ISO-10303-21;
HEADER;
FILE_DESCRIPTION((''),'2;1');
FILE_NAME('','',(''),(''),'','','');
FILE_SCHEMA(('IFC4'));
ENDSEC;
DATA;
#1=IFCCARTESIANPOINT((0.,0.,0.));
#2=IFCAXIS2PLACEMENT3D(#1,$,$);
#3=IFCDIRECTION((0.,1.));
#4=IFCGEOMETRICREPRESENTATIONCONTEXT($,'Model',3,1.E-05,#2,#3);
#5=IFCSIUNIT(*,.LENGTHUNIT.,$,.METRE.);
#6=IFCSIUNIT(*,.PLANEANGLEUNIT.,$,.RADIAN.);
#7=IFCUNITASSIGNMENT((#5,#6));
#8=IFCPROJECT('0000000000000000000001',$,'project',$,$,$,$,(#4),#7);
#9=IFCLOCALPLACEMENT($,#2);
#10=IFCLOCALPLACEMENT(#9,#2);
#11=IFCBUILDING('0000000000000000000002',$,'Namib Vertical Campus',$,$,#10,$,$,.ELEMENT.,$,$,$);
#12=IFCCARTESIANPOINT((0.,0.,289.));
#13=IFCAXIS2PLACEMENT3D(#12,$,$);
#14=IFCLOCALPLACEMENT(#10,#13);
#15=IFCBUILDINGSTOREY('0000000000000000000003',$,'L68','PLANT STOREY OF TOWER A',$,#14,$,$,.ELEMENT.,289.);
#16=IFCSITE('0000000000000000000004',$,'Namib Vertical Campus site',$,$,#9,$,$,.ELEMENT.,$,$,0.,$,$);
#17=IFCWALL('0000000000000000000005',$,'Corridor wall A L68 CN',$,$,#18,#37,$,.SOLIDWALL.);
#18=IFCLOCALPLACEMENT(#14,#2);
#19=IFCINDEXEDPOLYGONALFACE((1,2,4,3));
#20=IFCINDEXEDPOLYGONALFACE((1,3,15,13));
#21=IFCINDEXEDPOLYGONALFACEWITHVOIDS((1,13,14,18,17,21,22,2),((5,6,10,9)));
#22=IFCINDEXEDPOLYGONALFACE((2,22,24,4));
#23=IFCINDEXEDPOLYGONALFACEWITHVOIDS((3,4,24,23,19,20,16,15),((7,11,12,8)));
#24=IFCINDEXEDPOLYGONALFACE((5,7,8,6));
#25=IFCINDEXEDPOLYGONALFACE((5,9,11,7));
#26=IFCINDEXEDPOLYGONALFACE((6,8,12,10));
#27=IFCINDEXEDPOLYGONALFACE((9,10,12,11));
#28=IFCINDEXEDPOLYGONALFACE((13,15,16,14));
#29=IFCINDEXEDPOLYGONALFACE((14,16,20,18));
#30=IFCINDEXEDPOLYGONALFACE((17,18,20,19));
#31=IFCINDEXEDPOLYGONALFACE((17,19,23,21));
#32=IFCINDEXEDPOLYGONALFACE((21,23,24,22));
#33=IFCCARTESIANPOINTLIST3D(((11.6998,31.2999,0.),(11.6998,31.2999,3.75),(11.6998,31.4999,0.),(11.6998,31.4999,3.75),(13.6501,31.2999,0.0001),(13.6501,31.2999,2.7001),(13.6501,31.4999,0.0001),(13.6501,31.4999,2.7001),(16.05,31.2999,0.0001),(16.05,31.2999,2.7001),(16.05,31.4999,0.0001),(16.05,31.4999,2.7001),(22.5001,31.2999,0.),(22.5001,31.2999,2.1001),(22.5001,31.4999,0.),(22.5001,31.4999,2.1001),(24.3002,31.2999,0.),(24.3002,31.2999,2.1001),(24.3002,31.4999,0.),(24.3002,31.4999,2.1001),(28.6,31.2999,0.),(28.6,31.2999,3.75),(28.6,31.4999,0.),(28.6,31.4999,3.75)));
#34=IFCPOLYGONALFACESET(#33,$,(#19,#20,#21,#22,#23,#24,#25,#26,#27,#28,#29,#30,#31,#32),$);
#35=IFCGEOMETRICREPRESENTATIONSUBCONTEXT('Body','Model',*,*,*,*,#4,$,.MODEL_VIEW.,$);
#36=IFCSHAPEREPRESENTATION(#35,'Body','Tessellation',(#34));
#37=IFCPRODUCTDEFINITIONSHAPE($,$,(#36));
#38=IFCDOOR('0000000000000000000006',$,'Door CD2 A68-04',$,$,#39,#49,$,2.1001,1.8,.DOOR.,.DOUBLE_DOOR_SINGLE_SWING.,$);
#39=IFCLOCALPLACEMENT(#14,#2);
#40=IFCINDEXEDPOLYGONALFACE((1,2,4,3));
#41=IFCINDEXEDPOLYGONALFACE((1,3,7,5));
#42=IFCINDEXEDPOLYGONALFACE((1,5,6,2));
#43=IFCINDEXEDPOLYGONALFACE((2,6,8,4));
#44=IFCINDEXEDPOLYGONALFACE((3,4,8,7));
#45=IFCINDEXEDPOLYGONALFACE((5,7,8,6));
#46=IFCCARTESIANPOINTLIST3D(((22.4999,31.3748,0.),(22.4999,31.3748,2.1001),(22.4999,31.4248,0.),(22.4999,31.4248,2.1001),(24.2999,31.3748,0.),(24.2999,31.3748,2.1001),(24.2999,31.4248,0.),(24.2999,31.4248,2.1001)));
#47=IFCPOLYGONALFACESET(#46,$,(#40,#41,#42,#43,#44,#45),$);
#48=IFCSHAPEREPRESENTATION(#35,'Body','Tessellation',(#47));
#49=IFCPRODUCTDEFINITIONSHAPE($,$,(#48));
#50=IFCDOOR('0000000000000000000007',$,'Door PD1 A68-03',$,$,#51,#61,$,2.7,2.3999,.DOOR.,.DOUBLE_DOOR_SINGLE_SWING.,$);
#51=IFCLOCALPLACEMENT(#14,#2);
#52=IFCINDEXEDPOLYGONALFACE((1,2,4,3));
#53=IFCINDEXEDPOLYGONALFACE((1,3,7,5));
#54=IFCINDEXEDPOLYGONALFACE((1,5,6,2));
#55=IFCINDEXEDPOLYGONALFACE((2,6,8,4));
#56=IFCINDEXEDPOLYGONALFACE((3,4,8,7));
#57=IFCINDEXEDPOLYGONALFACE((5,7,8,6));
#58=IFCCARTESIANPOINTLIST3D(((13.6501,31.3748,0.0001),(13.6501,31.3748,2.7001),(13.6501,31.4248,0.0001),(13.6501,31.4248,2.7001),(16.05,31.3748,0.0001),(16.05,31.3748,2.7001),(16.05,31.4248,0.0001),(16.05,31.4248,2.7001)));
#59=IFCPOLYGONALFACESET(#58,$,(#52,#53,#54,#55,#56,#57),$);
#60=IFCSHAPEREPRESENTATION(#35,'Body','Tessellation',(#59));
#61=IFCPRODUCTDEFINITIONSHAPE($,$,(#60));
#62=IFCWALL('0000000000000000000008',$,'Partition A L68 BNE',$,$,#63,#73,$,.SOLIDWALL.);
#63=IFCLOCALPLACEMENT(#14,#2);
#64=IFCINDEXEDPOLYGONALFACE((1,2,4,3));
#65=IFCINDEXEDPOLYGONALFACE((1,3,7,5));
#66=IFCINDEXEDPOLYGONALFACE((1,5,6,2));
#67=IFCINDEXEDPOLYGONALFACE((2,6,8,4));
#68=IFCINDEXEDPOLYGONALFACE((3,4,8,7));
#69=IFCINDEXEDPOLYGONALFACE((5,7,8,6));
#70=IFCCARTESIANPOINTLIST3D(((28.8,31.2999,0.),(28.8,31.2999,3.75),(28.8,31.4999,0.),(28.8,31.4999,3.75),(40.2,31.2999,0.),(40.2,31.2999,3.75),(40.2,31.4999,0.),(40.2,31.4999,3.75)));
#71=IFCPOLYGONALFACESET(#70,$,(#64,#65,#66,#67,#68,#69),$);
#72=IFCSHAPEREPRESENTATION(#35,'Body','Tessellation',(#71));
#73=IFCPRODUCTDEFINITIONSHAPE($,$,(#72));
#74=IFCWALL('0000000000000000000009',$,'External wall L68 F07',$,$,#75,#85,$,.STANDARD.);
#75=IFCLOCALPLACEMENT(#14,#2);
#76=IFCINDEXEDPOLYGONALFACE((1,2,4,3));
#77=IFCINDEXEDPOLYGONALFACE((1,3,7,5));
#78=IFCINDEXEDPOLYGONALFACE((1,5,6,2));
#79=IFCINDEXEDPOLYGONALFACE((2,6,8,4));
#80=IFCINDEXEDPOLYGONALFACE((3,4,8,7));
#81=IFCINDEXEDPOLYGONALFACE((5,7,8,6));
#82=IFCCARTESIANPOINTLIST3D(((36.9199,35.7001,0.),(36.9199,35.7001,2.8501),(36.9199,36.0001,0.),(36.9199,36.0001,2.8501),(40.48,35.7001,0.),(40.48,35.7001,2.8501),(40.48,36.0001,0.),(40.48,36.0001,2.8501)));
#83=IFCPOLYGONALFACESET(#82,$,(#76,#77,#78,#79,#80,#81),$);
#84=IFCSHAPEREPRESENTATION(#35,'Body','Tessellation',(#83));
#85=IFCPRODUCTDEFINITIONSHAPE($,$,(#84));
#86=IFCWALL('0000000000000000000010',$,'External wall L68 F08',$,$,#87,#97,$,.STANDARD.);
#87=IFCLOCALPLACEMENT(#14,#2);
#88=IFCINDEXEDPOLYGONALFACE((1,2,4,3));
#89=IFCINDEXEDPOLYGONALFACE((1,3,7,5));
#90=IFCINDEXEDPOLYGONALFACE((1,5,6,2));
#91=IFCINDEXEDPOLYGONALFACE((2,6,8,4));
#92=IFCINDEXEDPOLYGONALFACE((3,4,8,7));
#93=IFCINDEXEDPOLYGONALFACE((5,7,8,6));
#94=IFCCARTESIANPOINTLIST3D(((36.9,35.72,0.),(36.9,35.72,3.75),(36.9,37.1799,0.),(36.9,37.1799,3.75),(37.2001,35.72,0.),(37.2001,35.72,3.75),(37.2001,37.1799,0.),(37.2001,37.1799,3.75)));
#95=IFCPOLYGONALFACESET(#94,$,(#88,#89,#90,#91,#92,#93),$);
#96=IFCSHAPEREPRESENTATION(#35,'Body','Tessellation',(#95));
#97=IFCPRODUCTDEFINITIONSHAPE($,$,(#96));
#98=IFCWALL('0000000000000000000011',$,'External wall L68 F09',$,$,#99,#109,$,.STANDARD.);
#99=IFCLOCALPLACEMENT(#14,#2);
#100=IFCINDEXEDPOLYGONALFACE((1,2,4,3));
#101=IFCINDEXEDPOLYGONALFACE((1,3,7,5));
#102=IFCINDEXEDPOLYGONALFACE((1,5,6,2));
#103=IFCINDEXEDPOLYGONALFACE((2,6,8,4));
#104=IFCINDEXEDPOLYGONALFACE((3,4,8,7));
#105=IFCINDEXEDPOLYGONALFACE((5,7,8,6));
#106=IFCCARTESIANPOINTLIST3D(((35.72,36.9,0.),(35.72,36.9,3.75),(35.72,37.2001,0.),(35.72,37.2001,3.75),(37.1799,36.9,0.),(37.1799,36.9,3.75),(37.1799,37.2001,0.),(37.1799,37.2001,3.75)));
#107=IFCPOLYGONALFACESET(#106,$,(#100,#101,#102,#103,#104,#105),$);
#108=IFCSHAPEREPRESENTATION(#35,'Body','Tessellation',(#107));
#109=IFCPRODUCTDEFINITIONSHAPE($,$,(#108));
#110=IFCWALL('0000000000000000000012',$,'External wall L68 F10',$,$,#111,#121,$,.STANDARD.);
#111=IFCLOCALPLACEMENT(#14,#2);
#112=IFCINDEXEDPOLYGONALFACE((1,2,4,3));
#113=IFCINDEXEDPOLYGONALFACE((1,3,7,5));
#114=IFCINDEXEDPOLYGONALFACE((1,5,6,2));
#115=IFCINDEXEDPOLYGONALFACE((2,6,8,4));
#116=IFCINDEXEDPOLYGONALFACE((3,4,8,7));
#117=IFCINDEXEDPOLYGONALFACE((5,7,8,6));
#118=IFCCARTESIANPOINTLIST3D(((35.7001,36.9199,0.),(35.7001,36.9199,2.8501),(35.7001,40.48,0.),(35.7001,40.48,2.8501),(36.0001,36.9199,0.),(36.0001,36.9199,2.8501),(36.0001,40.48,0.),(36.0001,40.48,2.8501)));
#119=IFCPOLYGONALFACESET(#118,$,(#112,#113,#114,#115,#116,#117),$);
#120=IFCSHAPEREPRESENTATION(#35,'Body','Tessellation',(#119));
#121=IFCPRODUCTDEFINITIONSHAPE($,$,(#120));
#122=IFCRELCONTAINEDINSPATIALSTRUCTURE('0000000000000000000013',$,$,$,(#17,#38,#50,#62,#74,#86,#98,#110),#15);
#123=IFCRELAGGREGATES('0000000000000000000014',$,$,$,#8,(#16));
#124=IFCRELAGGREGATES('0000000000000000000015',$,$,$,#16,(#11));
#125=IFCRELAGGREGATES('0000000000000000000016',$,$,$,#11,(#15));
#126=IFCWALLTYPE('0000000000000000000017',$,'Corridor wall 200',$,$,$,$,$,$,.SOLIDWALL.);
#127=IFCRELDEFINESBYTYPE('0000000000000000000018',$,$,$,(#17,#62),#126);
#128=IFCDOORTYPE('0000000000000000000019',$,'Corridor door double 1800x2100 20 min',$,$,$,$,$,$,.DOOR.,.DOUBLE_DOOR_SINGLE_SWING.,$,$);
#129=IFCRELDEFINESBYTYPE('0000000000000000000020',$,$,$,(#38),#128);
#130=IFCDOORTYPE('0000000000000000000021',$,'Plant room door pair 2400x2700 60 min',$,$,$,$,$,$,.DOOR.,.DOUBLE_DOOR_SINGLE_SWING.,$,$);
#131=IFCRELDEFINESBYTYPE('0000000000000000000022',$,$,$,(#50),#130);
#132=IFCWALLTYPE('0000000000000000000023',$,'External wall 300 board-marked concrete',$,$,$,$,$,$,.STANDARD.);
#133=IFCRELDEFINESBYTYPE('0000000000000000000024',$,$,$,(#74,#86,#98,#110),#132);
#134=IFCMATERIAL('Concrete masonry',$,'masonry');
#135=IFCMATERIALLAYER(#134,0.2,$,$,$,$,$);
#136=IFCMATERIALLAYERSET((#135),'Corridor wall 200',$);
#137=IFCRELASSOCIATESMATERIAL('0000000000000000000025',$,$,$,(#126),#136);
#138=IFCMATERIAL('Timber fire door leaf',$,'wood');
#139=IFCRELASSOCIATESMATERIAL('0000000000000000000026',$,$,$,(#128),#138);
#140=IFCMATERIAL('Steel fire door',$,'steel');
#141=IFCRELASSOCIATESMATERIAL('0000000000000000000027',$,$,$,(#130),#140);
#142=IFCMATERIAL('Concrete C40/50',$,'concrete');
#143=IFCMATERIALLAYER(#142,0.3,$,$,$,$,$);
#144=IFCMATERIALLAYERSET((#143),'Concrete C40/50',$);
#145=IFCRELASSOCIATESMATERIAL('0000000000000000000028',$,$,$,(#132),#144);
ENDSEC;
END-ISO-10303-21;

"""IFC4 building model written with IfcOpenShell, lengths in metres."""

from ifc_helpers import new_model, si_unit, direction, frame, frame_2d, origin, place, context, subcontext, project, spatial, rectangle, extrude, material, layer, layer_set, type_object, element, fill, save


model = new_model("IFC4")

# Units and contexts
model_context = context("Model", 3, precision=1e-05, world=origin(), true_north=direction((0.0, 1.0)))
body_context = subcontext(model_context, "Body", "Model", "MODEL_VIEW")
ifc_project = project(units=[si_unit("LENGTHUNIT", "METRE"), si_unit("PLANEANGLEUNIT", "RADIAN")], contexts=[model_context])

# Site, building, storey
site_placement = place(None, origin())
site = spatial("IfcSite", under=ifc_project, at=site_placement, Name="Namib Vertical Campus site", CompositionType="ELEMENT", RefElevation=0.0)
building_placement = place(site_placement, origin())
building = spatial("IfcBuilding", under=site, at=building_placement, Name="Namib Vertical Campus", CompositionType="ELEMENT")
storey_placement = place(building_placement, frame((0.0, 0.0, 289.0)))
storey = spatial("IfcBuildingStorey", under=building, at=storey_placement, Name="L68", Description="PLANT STOREY OF TOWER A", CompositionType="ELEMENT", Elevation=289.0)

# Wall, openings, doors
ifc_material_1 = material(Name="Concrete masonry", Category="masonry")
ifc_layer_1 = layer(ifc_material_1, 0.2)
ifc_layer_set_1 = layer_set([ifc_layer_1], Name="Corridor wall 200")
wall_type_1 = type_object("IfcWallType", Name="Corridor wall 200", PredefinedType="SOLIDWALL", material=ifc_layer_set_1)
wall_1_placement = place(storey_placement, frame((28.6001, 31.3999, 0.0), z_axis=(0.0, 0.0, 1.0), x_axis=(-1.0, 0.0, 0.0)))
wall_1 = element("IfcWall", 1, at=wall_1_placement, inside=storey, type_object=wall_type_1, Name="Corridor wall A L68 CN", PredefinedType="SOLIDWALL", context=body_context, shape_type="SweptSolid", body=[
    extrude(rectangle(XDim=16.9001, YDim=0.2, at=frame_2d((8.4502, 0.0))), origin(), (0.0, 0.0, 1.0), 3.75),
])
opening_1_placement = place(wall_1_placement, frame((12.55, 0.0, 0.0)))
opening_1 = element("IfcOpeningElement", 2, at=opening_1_placement, cuts=wall_1, PredefinedType="OPENING", context=body_context, shape_type="SweptSolid", body=[
    extrude(rectangle(XDim=2.3999, YDim=2.7, at=frame_2d((1.2, 1.3501))), frame((0.0, 0.1099, 0.0), z_axis=(0.0, -1.0, 0.0), x_axis=(1.0, 0.0, 0.0)), (0.0, 0.0, 1.0), 0.22),
])
opening_2_placement = place(wall_1_placement, frame((4.3, 0.0, 0.0)))
opening_2 = element("IfcOpeningElement", 3, at=opening_2_placement, cuts=wall_1, PredefinedType="OPENING", context=body_context, shape_type="SweptSolid", body=[
    extrude(rectangle(XDim=1.8, YDim=2.1001, at=frame_2d((0.8999, 1.05))), frame((0.0, 0.1099, 0.0), z_axis=(0.0, -1.0, 0.0), x_axis=(1.0, 0.0, 0.0)), (0.0, 0.0, 1.0), 0.22),
])
ifc_material_2 = material(Name="Timber fire door leaf", Category="wood")
door_type_1 = type_object("IfcDoorType", Name="Corridor door double 1800x2100 20 min", OperationType="DOUBLE_DOOR_SINGLE_SWING", PredefinedType="DOOR", material=ifc_material_2)
door_1_placement = place(opening_2_placement, frame((1.8, 0.0, 0.0), z_axis=(0.0, 0.0, 1.0), x_axis=(-1.0, 0.0, 0.0)))
door_1 = element("IfcDoor", 4, at=door_1_placement, inside=storey, type_object=door_type_1, Name="Door CD2 A68-04", OperationType="DOUBLE_DOOR_SINGLE_SWING", OverallHeight=2.1001, OverallWidth=1.8, PredefinedType="DOOR", context=body_context, shape_type="SweptSolid", body=[
    extrude(rectangle(XDim=1.8, YDim=2.1001, at=frame_2d((0.8999, 1.05))), frame((0.0, 0.0249, 0.0), z_axis=(0.0, -1.0, 0.0), x_axis=(1.0, 0.0, 0.0)), (0.0, 0.0, 1.0), 0.05),
])
fill(opening_2, door_1)
ifc_material_3 = material(Name="Steel fire door", Category="steel")
door_type_2 = type_object("IfcDoorType", Name="Plant room door pair 2400x2700 60 min", OperationType="DOUBLE_DOOR_SINGLE_SWING", PredefinedType="DOOR", material=ifc_material_3)
door_2_placement = place(opening_1_placement, frame((2.3999, 0.0, 0.0), z_axis=(0.0, 0.0, 1.0), x_axis=(-1.0, 0.0, 0.0)))
door_2 = element("IfcDoor", 5, at=door_2_placement, inside=storey, type_object=door_type_2, Name="Door PD1 A68-03", OperationType="DOUBLE_DOOR_SINGLE_SWING", OverallHeight=2.7, OverallWidth=2.3999, PredefinedType="DOOR", context=body_context, shape_type="SweptSolid", body=[
    extrude(rectangle(XDim=2.3999, YDim=2.7, at=frame_2d((1.2, 1.3501))), frame((0.0, 0.0249, 0.0), z_axis=(0.0, -1.0, 0.0), x_axis=(1.0, 0.0, 0.0)), (0.0, 0.0, 1.0), 0.05),
])
fill(opening_1, door_2)

# Walls
wall_2_placement = place(storey_placement, frame((28.8, 31.3999, 0.0), z_axis=(0.0, 0.0, 1.0), x_axis=(1.0, 0.0, 0.0)))
element("IfcWall", 6, at=wall_2_placement, inside=storey, type_object=wall_type_1, Name="Partition A L68 BNE", PredefinedType="SOLIDWALL", context=body_context, shape_type="SweptSolid", body=[
    extrude(rectangle(XDim=11.3999, YDim=0.2, at=frame_2d((5.7, 0.0))), origin(), (0.0, 0.0, 1.0), 3.75),
])
ifc_material_4 = material(Name="Concrete C40/50", Category="concrete")
ifc_layer_2 = layer(ifc_material_4, 0.3)
ifc_layer_set_2 = layer_set([ifc_layer_2], Name="Concrete C40/50")
wall_type_2 = type_object("IfcWallType", Name="External wall 300 board-marked concrete", PredefinedType="STANDARD", material=ifc_layer_set_2)
wall_3_placement = place(storey_placement, frame((40.48, 35.8501, 0.0), z_axis=(0.0, 0.0, 1.0), x_axis=(-1.0, 0.0, 0.0)))
element("IfcWall", 7, at=wall_3_placement, inside=storey, type_object=wall_type_2, Name="External wall L68 F07", PredefinedType="STANDARD", context=body_context, shape_type="SweptSolid", body=[
    extrude(rectangle(XDim=3.5601, YDim=0.3, at=frame_2d((1.78, 0.0))), origin(), (0.0, 0.0, 1.0), 2.8501),
])
for number, where, z_axis, x_axis, name in (
    (8, (37.05, 35.72, 0.0), (0.0, 0.0, 1.0), (0.0, 1.0, 0.0), "External wall L68 F08"),
    (9, (37.1799, 37.05, 0.0), (0.0, 0.0, 1.0), (-1.0, 0.0, 0.0), "External wall L68 F09"),
):
    element("IfcWall", number, at=place(storey_placement, frame(where, z_axis=z_axis, x_axis=x_axis)), inside=storey, type_object=wall_type_2, Name=name, PredefinedType="STANDARD", context=body_context, shape_type="SweptSolid", body=[
        extrude(rectangle(XDim=1.46, YDim=0.3, at=frame_2d((0.73, 0.0))), origin(), (0.0, 0.0, 1.0), 3.75),
    ])
wall_4_placement = place(storey_placement, frame((35.8501, 36.9199, 0.0), z_axis=(0.0, 0.0, 1.0), x_axis=(0.0, 1.0, 0.0)))
element("IfcWall", 10, at=wall_4_placement, inside=storey, type_object=wall_type_2, Name="External wall L68 F10", PredefinedType="STANDARD", context=body_context, shape_type="SweptSolid", body=[
    extrude(rectangle(XDim=3.5601, YDim=0.3, at=frame_2d((1.78, 0.0))), origin(), (0.0, 0.0, 1.0), 2.8501),
])

save(model, "model.ifc")
